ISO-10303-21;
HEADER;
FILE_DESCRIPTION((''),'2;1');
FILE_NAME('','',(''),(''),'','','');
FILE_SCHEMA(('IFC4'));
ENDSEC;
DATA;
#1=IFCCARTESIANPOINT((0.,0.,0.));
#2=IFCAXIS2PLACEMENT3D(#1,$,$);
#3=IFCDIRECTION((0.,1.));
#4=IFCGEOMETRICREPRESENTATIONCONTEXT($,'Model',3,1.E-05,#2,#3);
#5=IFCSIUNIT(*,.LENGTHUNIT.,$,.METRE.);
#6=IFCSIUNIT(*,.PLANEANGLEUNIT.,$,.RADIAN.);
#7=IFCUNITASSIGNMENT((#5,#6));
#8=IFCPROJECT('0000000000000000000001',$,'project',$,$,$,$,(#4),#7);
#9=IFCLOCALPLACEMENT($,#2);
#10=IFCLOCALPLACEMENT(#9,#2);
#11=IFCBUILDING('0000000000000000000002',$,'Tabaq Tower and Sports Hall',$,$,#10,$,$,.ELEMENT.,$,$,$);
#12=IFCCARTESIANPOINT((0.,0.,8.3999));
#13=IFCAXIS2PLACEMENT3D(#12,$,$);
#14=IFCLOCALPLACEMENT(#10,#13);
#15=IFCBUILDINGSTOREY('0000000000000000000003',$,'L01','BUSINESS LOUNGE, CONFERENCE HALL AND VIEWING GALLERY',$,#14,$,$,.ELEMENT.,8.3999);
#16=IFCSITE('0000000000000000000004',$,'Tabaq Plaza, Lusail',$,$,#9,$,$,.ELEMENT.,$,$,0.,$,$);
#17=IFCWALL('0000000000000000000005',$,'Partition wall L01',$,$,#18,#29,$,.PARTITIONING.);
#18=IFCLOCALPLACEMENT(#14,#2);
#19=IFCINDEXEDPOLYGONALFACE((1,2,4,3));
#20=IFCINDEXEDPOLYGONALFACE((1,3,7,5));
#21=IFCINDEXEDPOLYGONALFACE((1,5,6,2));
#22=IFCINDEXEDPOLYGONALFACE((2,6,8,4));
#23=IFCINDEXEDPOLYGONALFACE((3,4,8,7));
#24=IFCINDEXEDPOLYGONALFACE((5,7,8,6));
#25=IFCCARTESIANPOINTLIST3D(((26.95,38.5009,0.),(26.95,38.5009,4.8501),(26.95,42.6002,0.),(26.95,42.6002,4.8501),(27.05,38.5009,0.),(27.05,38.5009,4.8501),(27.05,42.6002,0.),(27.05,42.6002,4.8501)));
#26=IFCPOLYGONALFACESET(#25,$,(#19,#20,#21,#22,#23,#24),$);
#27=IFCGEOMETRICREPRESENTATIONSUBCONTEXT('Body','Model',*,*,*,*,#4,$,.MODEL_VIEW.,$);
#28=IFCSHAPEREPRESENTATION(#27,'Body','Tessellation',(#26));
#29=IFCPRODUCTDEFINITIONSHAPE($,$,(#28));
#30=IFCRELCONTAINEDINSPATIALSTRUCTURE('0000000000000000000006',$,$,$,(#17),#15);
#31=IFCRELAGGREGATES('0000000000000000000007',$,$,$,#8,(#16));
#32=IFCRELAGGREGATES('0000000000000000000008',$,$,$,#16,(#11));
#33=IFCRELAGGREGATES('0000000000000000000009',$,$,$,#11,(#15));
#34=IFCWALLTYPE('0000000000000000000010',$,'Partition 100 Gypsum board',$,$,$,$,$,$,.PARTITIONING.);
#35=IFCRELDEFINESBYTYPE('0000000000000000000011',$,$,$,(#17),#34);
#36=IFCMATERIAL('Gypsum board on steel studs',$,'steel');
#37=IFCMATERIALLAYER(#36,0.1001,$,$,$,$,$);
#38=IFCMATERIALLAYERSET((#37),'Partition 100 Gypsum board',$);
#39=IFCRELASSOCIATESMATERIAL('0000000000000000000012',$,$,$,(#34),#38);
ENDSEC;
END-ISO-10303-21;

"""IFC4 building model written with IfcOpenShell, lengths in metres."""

from ifc_helpers import new_model, si_unit, direction, frame, frame_2d, origin, place, context, subcontext, project, spatial, rectangle, extrude, material, layer, layer_set, type_object, element, save


model = new_model("IFC4")

# Units and contexts
model_context = context("Model", 3, precision=1e-05, world=origin(), true_north=direction((0.0, 1.0)))
body_context = subcontext(model_context, "Body", "Model", "MODEL_VIEW")
ifc_project = project(units=[si_unit("LENGTHUNIT", "METRE"), si_unit("PLANEANGLEUNIT", "RADIAN")], contexts=[model_context])

# Site, building, storey
site_placement = place(None, origin())
site = spatial("IfcSite", under=ifc_project, at=site_placement, Name="Tabaq Plaza, Lusail", CompositionType="ELEMENT", RefElevation=0.0)
building_placement = place(site_placement, origin())
building = spatial("IfcBuilding", under=site, at=building_placement, Name="Tabaq Tower and Sports Hall", CompositionType="ELEMENT")
storey_placement = place(building_placement, frame((0.0, 0.0, 8.3999)))
storey = spatial("IfcBuildingStorey", under=building, at=storey_placement, Name="L01", Description="BUSINESS LOUNGE, CONFERENCE HALL AND VIEWING GALLERY", CompositionType="ELEMENT", Elevation=8.3999)

# Wall
ifc_material_1 = material(Name="Gypsum board on steel studs", Category="steel")
ifc_layer_1 = layer(ifc_material_1, 0.1001)
ifc_layer_set_1 = layer_set([ifc_layer_1], Name="Partition 100 Gypsum board")
wall_type_1 = type_object("IfcWallType", Name="Partition 100 Gypsum board", PredefinedType="PARTITIONING", material=ifc_layer_set_1)
wall_1_placement = place(storey_placement, frame((27.0, 38.5007, 0.0), z_axis=(0.0, 0.0, 1.0), x_axis=(0.0, 1.0, 0.0)))
element("IfcWall", 1, at=wall_1_placement, inside=storey, type_object=wall_type_1, Name="Partition wall L01", PredefinedType="PARTITIONING", context=body_context, shape_type="SweptSolid", body=[
    extrude(rectangle(XDim=4.0994, YDim=0.1001, at=frame_2d((2.0498, 0.0))), origin(), (0.0, 0.0, 1.0), 4.8501),
])

save(model, "model.ifc")
